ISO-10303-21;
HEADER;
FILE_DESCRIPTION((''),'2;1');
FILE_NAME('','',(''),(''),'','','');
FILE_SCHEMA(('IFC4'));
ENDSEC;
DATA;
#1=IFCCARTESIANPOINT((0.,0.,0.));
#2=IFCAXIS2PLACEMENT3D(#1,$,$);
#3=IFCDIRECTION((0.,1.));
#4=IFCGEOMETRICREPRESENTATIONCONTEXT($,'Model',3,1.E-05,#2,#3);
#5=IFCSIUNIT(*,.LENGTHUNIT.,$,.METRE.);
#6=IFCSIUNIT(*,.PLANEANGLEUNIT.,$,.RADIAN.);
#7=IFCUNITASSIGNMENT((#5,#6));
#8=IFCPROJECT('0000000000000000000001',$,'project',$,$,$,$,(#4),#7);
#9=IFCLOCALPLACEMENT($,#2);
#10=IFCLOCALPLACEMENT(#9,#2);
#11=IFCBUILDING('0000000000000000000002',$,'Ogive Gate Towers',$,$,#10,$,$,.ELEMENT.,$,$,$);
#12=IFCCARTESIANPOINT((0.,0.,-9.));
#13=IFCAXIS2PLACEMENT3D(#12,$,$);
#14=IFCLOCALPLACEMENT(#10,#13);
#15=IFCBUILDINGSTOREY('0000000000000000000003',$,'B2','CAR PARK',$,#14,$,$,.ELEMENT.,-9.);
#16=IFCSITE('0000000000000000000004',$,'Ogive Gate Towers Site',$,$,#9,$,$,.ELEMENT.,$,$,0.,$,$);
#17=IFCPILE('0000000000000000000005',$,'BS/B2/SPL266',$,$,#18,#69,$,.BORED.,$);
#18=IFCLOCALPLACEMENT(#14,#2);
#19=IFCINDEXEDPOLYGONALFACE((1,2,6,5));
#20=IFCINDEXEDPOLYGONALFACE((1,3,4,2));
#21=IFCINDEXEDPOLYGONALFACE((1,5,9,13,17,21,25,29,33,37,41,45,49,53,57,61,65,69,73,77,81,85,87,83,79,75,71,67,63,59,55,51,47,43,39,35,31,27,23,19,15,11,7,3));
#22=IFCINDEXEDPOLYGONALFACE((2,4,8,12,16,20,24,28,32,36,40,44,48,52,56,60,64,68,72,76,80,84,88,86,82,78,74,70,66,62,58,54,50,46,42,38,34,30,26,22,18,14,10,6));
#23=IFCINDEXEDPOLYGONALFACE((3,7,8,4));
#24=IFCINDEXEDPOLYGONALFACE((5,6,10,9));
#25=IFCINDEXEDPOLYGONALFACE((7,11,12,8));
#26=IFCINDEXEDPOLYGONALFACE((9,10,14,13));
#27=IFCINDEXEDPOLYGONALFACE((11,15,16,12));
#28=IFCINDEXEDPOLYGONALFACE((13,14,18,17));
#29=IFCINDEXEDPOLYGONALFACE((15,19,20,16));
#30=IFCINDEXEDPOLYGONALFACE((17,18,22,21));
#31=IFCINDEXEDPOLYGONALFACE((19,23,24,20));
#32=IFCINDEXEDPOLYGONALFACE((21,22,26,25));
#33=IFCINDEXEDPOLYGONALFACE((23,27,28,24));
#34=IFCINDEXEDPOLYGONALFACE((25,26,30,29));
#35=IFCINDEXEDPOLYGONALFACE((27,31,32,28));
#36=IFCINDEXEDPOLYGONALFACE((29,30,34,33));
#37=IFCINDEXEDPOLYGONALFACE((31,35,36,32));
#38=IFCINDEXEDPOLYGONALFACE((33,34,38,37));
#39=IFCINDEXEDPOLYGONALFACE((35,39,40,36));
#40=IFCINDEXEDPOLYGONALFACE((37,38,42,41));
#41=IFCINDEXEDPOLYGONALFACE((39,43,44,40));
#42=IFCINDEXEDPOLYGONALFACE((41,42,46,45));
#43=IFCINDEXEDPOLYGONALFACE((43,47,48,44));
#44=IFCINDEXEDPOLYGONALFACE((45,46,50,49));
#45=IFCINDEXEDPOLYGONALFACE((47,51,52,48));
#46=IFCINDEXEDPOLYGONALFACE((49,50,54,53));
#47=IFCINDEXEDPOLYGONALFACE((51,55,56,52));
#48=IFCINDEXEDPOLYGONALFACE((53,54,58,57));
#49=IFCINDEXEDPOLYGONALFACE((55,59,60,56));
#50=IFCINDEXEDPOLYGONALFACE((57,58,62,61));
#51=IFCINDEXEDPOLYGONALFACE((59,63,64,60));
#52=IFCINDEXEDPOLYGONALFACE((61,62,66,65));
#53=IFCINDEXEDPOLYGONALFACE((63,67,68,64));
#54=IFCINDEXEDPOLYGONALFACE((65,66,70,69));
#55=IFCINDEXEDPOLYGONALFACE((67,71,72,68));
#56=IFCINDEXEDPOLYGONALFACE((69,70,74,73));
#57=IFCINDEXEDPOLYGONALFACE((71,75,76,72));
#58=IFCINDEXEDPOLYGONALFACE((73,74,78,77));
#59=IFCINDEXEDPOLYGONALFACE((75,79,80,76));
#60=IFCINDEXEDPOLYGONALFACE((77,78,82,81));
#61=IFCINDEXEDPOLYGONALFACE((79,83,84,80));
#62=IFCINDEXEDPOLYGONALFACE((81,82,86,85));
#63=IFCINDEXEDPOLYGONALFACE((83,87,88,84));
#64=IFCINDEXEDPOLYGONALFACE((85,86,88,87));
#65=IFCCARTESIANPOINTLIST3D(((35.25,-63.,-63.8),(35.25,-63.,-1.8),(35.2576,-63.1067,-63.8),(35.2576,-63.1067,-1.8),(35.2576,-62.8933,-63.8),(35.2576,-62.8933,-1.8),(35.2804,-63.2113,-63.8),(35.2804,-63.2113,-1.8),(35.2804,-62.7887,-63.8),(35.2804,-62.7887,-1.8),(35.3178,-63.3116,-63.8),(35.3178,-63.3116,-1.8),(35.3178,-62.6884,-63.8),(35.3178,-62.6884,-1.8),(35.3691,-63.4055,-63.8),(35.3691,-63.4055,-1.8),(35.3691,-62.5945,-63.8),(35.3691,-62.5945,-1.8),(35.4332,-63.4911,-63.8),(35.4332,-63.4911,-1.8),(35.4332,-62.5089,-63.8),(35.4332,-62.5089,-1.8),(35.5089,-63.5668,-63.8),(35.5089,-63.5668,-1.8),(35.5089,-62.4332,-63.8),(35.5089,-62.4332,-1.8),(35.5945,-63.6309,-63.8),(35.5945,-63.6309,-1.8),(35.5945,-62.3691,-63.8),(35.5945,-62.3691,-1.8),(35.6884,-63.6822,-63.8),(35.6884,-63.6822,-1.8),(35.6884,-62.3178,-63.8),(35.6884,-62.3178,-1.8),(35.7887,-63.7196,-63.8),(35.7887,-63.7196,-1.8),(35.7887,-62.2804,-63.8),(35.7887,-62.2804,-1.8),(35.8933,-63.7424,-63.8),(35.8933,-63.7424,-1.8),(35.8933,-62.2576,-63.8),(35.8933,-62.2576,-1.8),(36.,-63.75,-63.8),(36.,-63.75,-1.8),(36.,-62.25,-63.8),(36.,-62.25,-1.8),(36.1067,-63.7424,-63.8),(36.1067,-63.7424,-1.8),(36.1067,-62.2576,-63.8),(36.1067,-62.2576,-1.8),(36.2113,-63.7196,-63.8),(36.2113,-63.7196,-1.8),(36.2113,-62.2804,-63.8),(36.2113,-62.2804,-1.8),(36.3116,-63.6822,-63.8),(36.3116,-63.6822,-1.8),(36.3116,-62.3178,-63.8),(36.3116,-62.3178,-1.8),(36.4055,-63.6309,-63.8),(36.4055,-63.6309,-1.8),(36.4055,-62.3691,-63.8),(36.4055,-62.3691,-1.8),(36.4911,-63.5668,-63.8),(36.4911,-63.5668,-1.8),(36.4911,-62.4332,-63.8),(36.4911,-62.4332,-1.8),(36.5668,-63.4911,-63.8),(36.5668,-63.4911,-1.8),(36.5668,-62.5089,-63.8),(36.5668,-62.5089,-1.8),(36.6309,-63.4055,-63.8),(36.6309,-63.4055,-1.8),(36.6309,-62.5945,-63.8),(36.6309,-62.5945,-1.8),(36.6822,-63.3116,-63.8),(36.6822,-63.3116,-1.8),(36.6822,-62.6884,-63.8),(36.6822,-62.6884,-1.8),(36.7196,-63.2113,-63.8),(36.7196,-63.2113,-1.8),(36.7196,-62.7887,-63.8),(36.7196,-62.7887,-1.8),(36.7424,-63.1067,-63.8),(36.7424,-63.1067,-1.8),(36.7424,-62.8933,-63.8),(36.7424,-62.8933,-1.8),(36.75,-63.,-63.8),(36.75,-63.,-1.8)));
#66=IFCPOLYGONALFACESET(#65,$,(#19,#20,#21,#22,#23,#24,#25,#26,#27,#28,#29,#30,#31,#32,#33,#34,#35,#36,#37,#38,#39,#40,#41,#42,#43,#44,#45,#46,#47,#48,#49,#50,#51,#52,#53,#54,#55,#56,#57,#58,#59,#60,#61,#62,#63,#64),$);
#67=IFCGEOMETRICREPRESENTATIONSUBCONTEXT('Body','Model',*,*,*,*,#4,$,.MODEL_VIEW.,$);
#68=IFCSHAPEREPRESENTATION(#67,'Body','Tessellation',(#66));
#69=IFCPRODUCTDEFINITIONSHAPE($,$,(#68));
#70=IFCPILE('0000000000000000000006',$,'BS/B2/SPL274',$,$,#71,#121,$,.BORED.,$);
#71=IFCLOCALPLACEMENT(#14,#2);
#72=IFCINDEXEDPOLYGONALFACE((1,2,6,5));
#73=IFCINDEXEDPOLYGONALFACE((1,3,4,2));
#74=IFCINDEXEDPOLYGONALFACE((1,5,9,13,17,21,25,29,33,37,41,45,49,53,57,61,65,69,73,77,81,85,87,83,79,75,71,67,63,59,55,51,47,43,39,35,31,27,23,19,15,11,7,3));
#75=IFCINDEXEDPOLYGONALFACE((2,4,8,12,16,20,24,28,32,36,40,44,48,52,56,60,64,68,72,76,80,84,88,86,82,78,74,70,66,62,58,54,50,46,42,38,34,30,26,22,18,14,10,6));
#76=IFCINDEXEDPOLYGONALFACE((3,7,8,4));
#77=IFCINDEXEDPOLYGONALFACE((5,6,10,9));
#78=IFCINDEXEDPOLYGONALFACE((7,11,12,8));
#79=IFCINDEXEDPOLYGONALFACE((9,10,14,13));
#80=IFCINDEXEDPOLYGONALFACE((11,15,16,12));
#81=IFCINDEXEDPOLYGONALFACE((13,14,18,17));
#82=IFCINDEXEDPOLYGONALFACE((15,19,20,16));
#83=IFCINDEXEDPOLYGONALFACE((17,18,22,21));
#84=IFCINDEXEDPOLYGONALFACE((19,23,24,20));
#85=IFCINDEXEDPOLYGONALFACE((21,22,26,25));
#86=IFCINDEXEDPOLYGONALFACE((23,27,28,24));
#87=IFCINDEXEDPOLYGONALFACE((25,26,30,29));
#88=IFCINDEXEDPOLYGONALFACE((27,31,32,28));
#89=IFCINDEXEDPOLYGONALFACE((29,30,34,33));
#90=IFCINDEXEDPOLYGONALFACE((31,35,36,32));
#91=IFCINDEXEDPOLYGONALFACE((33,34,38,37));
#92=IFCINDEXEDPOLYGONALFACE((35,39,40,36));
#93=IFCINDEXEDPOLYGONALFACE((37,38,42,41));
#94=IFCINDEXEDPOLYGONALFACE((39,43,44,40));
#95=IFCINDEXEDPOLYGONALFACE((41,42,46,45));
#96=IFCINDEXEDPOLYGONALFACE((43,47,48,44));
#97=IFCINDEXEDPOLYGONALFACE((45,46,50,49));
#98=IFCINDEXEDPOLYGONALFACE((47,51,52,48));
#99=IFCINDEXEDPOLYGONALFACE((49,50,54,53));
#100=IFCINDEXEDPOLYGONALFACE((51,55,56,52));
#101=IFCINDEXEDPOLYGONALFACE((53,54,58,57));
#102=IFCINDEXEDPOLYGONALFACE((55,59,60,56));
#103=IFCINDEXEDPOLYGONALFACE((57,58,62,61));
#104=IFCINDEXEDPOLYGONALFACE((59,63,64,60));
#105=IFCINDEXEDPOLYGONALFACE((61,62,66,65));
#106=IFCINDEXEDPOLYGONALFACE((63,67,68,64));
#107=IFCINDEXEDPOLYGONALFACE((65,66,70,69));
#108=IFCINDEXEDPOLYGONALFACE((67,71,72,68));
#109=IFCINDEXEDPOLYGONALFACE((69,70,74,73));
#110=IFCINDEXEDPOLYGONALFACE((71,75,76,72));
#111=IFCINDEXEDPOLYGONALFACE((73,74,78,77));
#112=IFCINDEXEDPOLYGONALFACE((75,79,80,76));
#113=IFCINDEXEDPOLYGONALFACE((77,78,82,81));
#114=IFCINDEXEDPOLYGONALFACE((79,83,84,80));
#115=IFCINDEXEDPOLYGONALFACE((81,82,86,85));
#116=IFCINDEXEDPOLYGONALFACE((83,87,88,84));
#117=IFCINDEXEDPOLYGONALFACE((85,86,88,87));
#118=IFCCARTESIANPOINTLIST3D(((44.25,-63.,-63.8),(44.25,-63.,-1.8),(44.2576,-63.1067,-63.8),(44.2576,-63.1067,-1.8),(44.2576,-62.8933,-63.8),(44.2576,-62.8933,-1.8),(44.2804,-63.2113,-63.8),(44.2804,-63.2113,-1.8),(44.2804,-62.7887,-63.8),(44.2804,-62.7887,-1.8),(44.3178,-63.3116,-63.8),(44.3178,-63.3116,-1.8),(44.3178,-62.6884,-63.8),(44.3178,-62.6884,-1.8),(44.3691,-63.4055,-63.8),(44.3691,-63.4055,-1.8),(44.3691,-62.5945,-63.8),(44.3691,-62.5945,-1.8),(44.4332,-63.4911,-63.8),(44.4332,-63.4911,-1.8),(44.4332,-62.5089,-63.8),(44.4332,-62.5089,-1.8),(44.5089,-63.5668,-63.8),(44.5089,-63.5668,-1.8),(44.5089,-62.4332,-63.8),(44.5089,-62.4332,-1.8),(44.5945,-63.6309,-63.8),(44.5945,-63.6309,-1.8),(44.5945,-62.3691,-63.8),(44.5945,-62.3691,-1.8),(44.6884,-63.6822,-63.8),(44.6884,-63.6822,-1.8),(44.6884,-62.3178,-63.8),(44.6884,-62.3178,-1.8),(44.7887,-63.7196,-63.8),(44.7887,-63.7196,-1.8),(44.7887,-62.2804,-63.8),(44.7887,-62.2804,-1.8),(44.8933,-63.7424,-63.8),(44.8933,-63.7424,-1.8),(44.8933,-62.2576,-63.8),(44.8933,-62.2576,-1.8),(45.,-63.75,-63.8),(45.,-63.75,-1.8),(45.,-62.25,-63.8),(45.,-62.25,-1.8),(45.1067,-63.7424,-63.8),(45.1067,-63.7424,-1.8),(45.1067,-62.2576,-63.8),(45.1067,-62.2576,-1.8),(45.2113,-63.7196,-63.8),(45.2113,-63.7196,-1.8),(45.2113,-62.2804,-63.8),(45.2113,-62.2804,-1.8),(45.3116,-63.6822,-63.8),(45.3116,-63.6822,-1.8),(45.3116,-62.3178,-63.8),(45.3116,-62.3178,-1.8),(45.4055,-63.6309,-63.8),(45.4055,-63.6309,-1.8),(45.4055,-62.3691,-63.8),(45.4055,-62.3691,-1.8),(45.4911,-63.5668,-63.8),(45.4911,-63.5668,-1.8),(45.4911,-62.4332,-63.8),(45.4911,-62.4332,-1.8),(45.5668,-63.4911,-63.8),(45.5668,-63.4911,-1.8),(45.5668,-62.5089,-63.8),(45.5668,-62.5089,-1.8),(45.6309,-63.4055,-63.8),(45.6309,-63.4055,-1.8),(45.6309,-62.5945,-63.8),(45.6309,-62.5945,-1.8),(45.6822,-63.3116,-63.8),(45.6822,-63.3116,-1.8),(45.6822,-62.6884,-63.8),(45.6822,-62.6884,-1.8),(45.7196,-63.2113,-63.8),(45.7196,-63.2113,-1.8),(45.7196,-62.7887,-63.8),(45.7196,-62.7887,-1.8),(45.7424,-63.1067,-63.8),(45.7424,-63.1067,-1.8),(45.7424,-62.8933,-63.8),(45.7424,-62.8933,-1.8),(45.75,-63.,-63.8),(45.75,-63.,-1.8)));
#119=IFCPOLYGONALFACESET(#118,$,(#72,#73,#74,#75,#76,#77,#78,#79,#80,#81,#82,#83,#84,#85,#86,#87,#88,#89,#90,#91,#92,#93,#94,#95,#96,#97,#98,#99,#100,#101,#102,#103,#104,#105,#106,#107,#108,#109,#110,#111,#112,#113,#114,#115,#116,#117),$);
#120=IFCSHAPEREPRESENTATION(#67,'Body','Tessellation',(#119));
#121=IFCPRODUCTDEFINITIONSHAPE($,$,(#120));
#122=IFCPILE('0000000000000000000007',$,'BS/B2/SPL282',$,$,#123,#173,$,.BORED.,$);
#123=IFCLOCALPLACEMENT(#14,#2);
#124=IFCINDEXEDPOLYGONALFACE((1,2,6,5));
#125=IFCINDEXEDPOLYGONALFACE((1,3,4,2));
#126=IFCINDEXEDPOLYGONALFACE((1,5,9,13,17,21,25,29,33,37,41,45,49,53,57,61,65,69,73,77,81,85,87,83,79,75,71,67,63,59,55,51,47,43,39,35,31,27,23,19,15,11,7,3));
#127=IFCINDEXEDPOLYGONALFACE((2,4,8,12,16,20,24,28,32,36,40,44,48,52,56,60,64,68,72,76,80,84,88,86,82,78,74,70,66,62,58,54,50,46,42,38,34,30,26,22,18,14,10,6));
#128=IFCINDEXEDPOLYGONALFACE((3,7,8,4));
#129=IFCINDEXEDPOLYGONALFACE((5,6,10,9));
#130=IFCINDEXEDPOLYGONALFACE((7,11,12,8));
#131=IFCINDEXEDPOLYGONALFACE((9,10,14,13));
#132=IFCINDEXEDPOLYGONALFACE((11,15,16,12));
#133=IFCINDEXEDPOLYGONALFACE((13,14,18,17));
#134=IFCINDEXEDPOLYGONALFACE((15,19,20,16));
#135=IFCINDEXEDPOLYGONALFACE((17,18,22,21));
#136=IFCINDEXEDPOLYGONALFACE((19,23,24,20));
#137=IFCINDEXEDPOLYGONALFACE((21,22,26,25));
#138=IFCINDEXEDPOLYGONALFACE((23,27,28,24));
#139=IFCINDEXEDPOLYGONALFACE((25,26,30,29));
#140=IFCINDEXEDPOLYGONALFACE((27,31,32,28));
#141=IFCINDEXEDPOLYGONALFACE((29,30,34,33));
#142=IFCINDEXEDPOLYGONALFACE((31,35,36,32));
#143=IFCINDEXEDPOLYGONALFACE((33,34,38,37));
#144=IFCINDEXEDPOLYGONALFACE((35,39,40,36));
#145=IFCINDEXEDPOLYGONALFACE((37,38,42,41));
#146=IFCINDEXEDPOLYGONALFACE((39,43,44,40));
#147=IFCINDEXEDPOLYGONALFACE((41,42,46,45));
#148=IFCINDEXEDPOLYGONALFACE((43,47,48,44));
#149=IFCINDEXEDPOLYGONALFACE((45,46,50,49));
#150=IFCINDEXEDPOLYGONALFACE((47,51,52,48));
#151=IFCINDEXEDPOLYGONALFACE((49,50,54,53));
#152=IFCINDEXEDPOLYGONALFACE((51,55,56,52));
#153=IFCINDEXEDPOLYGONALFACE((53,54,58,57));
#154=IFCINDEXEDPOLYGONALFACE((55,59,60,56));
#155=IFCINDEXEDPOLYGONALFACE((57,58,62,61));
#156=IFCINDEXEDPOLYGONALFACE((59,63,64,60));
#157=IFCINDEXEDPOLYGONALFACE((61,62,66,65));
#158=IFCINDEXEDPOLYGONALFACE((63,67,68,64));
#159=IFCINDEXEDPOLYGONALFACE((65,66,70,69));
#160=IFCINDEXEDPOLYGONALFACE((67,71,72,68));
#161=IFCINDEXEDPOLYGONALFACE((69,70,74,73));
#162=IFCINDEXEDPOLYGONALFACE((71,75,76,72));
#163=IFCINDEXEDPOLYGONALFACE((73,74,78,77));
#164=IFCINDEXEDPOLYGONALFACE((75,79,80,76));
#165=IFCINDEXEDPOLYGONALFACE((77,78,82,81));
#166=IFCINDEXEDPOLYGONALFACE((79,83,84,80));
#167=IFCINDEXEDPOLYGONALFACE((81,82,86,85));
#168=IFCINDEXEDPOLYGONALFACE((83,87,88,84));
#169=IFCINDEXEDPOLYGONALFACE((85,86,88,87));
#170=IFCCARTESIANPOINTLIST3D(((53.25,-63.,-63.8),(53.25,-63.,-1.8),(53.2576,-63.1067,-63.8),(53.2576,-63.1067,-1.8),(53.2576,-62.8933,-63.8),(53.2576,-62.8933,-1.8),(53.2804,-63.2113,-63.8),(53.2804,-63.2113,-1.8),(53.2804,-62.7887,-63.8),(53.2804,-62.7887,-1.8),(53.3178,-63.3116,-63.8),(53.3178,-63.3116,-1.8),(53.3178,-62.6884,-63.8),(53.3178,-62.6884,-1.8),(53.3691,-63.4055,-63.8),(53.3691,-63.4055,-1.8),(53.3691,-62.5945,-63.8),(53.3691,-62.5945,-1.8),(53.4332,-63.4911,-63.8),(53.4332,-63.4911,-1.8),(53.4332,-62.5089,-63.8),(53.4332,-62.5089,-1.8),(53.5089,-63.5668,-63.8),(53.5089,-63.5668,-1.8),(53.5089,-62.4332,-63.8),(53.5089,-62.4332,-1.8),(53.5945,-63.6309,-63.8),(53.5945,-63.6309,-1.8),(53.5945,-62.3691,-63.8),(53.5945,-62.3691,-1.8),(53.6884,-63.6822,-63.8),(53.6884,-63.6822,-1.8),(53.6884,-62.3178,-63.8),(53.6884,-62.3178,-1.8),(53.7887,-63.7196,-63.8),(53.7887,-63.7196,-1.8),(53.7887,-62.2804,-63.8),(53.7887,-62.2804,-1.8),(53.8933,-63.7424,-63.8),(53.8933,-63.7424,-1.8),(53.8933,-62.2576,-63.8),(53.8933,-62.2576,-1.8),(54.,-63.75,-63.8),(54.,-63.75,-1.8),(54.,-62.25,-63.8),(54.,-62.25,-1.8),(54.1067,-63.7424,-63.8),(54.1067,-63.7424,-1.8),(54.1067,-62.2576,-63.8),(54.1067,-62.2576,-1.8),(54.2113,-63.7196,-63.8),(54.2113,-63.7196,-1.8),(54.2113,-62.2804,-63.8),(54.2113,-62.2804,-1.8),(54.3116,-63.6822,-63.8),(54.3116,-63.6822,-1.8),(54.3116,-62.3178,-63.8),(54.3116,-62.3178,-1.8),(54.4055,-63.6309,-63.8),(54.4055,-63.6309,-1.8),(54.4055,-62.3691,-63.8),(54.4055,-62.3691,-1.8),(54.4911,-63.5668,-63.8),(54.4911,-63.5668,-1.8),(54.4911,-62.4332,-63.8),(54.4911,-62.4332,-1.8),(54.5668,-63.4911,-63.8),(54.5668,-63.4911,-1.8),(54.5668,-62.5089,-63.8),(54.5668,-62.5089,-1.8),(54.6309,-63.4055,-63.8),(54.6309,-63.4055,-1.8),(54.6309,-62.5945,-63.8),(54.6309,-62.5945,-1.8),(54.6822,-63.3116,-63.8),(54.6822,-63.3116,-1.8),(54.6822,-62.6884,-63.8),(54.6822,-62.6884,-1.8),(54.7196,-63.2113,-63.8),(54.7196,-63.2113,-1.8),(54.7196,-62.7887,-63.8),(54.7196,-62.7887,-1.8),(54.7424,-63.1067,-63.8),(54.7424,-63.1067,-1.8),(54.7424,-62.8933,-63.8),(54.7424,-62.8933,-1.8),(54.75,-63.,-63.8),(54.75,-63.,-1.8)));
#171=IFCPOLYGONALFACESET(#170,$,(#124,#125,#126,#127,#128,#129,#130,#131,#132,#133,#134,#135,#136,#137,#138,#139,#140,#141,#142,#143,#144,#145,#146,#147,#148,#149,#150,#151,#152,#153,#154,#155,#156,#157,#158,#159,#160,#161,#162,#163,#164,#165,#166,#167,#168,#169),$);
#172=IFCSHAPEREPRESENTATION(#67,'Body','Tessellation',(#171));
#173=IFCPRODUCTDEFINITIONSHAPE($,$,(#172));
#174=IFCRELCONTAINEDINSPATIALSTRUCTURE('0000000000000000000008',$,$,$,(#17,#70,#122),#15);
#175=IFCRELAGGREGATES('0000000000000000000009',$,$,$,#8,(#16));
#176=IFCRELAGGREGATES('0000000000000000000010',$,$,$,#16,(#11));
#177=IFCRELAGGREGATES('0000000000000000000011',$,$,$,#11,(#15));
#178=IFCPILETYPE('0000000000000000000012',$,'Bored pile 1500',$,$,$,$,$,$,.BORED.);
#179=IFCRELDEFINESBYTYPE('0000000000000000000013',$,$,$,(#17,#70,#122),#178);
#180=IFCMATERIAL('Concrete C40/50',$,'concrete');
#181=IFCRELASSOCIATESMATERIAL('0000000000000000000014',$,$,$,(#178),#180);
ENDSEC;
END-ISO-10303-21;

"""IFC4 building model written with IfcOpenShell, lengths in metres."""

from ifc_helpers import new_model, si_unit, direction, frame, origin, origin_2d, place, context, subcontext, project, spatial, circle, extrude, material, material_profile, profile_set, type_object, element, save


model = new_model("IFC4")

# Units and contexts
model_context = context("Model", 3, precision=1e-05, world=origin(), true_north=direction((0.0, 1.0)))
body_context = subcontext(model_context, "Body", "Model", "MODEL_VIEW")
ifc_project = project(units=[si_unit("LENGTHUNIT", "METRE"), si_unit("PLANEANGLEUNIT", "RADIAN")], contexts=[model_context])

# Site, building, storey
site_placement = place(None, origin())
site = spatial("IfcSite", under=ifc_project, at=site_placement, Name="Ogive Gate Towers Site", CompositionType="ELEMENT", RefElevation=0.0)
building_placement = place(site_placement, origin())
building = spatial("IfcBuilding", under=site, at=building_placement, Name="Ogive Gate Towers", CompositionType="ELEMENT")
storey_placement = place(building_placement, frame((0.0, 0.0, -9.0)))
storey = spatial("IfcBuildingStorey", under=building, at=storey_placement, Name="B2", Description="CAR PARK", CompositionType="ELEMENT", Elevation=-9.0)

# Piles
ifc_material_1 = material(Name="Concrete C40/50", Category="concrete")
ifc_material_profile_1 = material_profile(ifc_material_1, circle(Radius=0.75, at=origin_2d()), Name="BP 1500")
ifc_profile_set_1 = profile_set([ifc_material_profile_1], Name="Concrete C40/50")
pile_type = type_object("IfcPileType", Name="Bored pile 1500", PredefinedType="BORED", material=ifc_profile_set_1)
for number, where, z_axis, x_axis, name in (
    (1, (36.0, -63.0, -1.8), (0.0, 0.0, -1.0), (1.0, 0.0, 0.0), "BS/B2/SPL266"),
    (2, (45.0, -63.0, -1.8), (0.0, 0.0, -1.0), (1.0, 0.0, 0.0), "BS/B2/SPL274"),
    (3, (54.0, -63.0, -1.8), (0.0, 0.0, -1.0), (1.0, 0.0, 0.0), "BS/B2/SPL282"),
):
    element("IfcPile", number, at=place(storey_placement, frame(where, z_axis=z_axis, x_axis=x_axis)), inside=storey, type_object=pile_type, Name=name, PredefinedType="BORED", context=body_context, shape_type="SweptSolid", body=[
        extrude(circle(Radius=0.75, at=origin_2d()), origin(), (0.0, 0.0, 1.0), 62.0),
    ])

save(model, "model.ifc")
